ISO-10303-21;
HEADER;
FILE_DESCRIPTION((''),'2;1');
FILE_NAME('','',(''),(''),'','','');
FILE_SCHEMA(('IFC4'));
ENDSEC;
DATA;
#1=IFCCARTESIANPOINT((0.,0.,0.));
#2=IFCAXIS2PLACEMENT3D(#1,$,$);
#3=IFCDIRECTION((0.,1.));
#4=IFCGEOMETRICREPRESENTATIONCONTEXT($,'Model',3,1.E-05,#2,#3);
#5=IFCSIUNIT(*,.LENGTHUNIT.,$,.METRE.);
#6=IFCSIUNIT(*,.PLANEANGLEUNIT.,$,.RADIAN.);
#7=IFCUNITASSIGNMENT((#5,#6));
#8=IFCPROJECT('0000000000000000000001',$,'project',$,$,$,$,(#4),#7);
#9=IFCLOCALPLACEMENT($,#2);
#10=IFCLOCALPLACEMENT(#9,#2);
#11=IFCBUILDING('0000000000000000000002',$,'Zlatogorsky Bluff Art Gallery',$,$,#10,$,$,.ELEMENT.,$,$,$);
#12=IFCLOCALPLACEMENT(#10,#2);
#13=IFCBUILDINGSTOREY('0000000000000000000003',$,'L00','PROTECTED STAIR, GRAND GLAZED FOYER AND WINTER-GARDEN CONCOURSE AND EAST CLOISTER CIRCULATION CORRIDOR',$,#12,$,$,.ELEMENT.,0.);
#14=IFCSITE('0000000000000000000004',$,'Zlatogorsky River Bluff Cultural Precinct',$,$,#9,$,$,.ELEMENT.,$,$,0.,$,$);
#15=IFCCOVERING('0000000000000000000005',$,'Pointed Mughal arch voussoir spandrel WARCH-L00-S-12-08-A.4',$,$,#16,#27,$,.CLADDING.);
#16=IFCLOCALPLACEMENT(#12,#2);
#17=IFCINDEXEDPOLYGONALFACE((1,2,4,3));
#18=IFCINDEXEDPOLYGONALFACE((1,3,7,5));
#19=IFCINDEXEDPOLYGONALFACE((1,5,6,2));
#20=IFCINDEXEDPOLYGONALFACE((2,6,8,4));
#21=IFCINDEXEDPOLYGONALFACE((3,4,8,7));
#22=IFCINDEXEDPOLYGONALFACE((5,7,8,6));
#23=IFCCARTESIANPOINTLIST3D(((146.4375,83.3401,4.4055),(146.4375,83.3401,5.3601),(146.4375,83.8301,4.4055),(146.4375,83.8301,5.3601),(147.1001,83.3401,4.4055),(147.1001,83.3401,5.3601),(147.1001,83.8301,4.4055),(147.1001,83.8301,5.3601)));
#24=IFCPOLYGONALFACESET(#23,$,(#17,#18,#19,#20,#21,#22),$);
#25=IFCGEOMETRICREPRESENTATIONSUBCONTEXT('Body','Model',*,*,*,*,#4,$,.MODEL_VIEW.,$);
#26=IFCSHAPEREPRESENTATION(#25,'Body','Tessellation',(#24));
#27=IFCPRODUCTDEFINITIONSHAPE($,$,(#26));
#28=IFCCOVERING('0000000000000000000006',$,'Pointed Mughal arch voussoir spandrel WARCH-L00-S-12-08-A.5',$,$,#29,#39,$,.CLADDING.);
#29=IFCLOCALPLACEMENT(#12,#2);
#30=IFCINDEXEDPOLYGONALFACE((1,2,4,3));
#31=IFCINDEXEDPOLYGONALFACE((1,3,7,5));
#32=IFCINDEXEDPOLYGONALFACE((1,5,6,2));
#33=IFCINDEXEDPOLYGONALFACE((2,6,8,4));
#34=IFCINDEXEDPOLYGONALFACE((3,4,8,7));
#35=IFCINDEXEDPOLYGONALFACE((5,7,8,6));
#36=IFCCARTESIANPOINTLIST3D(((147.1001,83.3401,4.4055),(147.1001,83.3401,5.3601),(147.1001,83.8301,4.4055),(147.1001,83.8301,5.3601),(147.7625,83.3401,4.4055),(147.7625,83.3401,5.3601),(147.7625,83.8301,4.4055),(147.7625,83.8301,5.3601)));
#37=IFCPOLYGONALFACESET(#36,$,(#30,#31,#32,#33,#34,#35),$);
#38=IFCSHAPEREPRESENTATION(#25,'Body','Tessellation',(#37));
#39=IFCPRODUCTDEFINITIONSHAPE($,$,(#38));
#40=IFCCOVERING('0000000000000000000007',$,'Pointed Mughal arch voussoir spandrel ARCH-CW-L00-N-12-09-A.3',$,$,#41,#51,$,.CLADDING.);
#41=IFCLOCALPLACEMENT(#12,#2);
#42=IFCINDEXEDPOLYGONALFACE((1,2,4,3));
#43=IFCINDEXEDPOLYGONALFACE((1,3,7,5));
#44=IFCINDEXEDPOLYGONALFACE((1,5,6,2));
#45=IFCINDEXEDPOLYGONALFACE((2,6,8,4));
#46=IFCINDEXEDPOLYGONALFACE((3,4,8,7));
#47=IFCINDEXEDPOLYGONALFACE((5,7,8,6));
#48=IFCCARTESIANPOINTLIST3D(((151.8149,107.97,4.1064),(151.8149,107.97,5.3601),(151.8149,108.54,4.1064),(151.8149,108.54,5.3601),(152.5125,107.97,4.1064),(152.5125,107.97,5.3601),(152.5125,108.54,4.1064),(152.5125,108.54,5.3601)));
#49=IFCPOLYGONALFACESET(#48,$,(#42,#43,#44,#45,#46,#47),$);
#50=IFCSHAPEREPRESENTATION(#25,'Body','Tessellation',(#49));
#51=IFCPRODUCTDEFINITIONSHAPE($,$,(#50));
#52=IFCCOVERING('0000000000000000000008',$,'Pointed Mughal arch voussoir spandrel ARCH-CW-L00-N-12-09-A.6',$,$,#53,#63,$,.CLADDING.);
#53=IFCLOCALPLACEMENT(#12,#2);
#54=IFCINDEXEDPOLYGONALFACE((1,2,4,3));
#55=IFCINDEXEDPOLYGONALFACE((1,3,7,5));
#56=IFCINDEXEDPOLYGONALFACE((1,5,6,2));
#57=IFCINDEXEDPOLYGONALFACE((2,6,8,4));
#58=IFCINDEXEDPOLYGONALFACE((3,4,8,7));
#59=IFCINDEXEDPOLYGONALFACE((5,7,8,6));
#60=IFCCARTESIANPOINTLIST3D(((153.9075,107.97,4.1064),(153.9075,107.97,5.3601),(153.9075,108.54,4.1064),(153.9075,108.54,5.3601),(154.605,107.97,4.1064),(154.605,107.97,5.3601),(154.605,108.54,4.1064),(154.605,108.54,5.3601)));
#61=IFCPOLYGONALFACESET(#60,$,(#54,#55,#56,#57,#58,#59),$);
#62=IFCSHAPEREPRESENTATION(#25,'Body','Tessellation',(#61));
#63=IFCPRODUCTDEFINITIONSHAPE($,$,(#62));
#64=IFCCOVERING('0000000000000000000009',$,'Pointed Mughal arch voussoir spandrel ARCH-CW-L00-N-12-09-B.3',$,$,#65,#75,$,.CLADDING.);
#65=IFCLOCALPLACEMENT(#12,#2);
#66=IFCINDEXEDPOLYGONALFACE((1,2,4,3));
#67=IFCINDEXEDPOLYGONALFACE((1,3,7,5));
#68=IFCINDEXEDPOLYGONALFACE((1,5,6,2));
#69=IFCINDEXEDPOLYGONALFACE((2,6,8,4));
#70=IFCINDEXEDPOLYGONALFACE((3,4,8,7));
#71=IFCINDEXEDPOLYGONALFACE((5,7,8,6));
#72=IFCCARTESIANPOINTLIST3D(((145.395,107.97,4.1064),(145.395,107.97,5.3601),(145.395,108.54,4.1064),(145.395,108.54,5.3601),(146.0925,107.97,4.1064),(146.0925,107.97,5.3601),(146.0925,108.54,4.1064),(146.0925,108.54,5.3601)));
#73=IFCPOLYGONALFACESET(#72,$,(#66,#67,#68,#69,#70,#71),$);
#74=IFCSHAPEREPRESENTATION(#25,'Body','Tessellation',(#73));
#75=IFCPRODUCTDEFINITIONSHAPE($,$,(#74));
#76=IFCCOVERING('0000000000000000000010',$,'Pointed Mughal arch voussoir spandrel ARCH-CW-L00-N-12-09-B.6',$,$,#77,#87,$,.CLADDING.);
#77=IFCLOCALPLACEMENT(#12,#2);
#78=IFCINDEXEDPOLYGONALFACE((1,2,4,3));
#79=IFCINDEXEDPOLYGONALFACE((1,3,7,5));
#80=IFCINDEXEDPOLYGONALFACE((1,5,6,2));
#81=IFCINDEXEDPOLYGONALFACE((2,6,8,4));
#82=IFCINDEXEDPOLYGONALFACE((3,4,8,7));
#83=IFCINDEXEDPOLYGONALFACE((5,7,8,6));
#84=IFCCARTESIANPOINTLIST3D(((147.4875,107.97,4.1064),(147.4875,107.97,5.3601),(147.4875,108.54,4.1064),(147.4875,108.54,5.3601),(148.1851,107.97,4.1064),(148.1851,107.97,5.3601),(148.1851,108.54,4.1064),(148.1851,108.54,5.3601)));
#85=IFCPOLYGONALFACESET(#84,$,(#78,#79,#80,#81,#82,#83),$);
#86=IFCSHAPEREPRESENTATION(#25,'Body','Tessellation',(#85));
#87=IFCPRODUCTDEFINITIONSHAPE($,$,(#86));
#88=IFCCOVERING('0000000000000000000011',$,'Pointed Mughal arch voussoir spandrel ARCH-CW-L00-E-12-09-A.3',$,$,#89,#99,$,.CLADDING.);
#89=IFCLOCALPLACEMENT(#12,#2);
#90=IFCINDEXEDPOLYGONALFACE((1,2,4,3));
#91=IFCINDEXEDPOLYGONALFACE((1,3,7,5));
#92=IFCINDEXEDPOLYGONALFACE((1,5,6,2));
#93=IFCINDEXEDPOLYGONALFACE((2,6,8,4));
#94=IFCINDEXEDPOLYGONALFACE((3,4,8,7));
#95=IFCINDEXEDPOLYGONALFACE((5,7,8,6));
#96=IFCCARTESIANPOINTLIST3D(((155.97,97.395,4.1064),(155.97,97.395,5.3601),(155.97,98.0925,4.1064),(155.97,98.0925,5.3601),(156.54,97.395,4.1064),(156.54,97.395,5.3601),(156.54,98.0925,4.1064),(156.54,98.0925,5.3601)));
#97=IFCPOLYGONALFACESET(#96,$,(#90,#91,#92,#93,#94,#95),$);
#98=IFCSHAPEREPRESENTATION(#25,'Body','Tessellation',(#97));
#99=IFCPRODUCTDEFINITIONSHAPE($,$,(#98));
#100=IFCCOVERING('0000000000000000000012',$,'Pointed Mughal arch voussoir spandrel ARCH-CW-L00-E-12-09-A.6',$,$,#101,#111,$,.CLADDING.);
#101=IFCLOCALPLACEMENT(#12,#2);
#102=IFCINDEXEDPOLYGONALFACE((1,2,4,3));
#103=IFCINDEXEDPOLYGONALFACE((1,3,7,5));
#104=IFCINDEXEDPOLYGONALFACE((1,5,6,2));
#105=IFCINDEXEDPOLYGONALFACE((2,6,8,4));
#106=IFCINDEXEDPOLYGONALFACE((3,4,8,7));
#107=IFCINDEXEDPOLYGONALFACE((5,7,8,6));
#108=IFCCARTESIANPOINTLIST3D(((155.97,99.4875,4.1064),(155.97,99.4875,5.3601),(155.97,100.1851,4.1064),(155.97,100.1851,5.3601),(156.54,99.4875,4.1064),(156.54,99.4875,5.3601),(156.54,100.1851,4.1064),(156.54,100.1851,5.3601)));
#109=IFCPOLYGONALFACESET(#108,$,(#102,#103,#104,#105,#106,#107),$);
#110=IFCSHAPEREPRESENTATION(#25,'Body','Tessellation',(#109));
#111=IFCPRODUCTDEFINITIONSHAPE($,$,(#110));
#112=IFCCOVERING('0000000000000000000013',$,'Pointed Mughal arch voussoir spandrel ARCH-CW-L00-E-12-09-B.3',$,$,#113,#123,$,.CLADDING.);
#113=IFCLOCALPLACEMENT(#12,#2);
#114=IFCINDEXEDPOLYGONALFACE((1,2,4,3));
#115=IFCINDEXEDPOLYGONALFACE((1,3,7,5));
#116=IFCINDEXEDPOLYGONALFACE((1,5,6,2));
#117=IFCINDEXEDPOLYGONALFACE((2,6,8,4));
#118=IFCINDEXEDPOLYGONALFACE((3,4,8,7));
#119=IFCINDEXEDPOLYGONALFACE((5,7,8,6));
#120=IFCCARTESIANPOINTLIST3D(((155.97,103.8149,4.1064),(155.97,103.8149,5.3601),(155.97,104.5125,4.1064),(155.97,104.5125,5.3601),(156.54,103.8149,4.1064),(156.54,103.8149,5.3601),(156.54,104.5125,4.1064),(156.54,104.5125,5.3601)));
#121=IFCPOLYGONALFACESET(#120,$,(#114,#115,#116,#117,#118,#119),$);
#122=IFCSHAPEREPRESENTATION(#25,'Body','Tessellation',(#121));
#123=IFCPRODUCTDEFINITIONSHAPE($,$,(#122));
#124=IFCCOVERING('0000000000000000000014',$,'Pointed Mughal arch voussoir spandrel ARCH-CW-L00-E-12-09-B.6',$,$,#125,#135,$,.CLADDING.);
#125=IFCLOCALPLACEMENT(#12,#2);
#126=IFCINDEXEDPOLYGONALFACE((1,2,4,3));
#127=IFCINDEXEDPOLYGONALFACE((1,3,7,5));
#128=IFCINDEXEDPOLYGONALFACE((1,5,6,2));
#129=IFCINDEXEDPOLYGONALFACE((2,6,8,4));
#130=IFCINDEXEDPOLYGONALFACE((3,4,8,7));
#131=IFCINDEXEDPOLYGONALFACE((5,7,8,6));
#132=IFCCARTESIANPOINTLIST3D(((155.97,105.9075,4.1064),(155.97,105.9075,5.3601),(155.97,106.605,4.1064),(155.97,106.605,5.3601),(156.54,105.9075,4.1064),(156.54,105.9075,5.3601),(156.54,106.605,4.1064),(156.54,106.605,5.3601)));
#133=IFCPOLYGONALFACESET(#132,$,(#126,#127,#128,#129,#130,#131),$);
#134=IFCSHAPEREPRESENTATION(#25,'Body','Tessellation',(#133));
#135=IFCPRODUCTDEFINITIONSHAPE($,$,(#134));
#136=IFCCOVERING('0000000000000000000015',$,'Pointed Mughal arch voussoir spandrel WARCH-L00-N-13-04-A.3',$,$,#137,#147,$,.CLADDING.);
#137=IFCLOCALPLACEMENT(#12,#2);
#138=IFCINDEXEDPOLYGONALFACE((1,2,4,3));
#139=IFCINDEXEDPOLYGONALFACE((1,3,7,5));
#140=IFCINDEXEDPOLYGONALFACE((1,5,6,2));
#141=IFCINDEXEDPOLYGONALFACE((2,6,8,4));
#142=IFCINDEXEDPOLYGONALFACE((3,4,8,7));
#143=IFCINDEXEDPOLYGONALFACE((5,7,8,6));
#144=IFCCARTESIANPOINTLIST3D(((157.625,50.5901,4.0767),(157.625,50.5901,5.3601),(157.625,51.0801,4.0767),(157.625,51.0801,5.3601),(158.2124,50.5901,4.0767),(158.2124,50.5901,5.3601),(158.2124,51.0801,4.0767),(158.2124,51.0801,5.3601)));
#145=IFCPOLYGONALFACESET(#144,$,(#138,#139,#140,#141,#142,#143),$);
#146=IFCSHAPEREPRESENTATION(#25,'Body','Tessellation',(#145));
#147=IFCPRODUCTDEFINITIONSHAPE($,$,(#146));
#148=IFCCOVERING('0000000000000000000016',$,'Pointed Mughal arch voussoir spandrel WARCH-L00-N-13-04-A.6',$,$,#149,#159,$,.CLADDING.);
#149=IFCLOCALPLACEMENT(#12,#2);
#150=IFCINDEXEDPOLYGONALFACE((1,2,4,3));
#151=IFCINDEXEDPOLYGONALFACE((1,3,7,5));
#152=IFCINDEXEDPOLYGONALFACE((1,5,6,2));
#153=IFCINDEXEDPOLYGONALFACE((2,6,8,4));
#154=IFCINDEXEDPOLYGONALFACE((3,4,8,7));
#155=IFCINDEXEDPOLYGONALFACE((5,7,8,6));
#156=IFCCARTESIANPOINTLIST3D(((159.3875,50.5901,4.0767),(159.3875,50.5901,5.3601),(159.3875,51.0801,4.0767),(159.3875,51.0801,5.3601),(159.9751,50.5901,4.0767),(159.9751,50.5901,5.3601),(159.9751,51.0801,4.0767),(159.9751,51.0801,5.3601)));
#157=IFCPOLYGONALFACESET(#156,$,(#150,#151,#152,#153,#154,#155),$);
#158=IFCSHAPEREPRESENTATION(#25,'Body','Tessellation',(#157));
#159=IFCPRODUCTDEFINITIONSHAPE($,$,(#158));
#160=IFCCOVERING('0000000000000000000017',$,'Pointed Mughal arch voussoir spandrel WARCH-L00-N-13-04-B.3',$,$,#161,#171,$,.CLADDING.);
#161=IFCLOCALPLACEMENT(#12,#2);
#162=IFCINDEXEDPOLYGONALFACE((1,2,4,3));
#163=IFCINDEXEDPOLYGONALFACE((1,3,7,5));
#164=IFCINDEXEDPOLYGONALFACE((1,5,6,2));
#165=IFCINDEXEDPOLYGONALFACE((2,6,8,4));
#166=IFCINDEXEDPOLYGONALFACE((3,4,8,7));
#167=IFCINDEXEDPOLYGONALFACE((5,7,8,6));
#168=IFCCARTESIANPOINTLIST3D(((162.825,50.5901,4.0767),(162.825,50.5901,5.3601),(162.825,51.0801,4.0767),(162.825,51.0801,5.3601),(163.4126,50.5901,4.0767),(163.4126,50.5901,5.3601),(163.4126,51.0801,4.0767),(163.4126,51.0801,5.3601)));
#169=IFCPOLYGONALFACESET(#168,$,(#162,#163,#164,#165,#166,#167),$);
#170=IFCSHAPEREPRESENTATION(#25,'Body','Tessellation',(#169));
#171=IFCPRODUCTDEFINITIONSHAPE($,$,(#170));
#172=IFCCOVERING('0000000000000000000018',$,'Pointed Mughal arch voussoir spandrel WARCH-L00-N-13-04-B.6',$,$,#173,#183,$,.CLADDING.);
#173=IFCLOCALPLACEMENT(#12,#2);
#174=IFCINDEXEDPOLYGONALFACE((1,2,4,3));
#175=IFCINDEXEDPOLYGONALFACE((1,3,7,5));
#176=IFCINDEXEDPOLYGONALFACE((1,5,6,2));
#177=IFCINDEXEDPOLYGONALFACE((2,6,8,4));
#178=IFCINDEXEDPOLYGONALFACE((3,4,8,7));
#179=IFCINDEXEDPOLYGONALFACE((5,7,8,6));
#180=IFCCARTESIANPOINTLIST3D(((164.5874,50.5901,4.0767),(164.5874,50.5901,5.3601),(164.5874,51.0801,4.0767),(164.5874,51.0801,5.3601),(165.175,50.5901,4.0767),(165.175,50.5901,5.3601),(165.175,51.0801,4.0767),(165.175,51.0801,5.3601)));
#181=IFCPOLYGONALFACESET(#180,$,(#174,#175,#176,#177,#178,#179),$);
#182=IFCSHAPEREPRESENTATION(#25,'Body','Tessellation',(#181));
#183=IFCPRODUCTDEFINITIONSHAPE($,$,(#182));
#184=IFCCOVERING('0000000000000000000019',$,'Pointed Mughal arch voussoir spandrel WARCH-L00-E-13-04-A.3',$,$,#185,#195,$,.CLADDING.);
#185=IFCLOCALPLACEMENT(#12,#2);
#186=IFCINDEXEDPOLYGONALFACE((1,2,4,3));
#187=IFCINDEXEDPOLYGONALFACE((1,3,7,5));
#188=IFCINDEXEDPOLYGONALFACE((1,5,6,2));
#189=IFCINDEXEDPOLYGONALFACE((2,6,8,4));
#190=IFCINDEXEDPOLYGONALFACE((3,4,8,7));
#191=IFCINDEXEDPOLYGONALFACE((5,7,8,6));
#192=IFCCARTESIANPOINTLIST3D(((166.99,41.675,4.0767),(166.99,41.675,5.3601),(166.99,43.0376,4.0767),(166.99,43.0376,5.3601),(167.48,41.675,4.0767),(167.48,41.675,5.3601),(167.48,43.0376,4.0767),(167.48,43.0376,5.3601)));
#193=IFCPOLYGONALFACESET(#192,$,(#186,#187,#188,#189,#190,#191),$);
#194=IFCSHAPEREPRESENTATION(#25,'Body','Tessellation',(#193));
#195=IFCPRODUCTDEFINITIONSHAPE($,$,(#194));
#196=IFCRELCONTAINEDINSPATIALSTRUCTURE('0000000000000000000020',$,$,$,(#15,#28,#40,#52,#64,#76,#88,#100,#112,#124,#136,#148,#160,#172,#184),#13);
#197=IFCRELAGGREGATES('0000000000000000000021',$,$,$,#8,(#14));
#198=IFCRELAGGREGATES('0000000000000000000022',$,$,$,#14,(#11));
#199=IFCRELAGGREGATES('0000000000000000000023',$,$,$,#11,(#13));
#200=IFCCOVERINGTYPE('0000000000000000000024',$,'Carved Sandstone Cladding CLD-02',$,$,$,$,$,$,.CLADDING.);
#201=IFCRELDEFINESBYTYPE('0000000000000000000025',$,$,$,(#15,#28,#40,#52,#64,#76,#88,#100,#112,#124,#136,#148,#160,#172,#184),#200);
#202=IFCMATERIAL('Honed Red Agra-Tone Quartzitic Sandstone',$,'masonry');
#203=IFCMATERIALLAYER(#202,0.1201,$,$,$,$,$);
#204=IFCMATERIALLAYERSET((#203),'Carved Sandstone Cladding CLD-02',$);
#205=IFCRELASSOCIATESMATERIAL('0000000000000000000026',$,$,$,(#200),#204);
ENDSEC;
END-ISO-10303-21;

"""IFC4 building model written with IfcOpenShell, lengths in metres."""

from ifc_helpers import new_model, si_unit, direction, frame, origin, place, context, subcontext, project, spatial, polyline, outline, extrude, material, layer, layer_set, type_object, element, save


model = new_model("IFC4")

# Units and contexts
model_context = context("Model", 3, precision=1e-05, world=origin(), true_north=direction((0.0, 1.0)))
body_context = subcontext(model_context, "Body", "Model", "MODEL_VIEW")
ifc_project = project(units=[si_unit("LENGTHUNIT", "METRE"), si_unit("PLANEANGLEUNIT", "RADIAN")], contexts=[model_context])

# Site, building, storey
site_placement = place(None, origin())
site = spatial("IfcSite", under=ifc_project, at=site_placement, Name="Zlatogorsky River Bluff Cultural Precinct", CompositionType="ELEMENT", RefElevation=0.0)
building_placement = place(site_placement, origin())
building = spatial("IfcBuilding", under=site, at=building_placement, Name="Zlatogorsky Bluff Art Gallery", CompositionType="ELEMENT")
storey_placement = place(building_placement, origin())
storey = spatial("IfcBuildingStorey", under=building, at=storey_placement, Name="L00", Description="PROTECTED STAIR, GRAND GLAZED FOYER AND WINTER-GARDEN CONCOURSE AND EAST CLOISTER CIRCULATION CORRIDOR", CompositionType="ELEMENT", Elevation=0.0)

# Coverings
ifc_material = material(Name="Honed Red Agra-Tone Quartzitic Sandstone", Category="masonry")
ifc_layer = layer(ifc_material, 0.1201)
ifc_layer_set = layer_set([ifc_layer], Name="Carved Sandstone Cladding CLD-02")
covering_type = type_object("IfcCoveringType", Name="Carved Sandstone Cladding CLD-02", PredefinedType="CLADDING", material=ifc_layer_set)
covering_1_placement = place(storey_placement, frame((0.0, 0.0, 4.4055)))
element("IfcCovering", 1, at=covering_1_placement, inside=storey, type_object=covering_type, Name="Pointed Mughal arch voussoir spandrel WARCH-L00-S-12-08-A.4", PredefinedType="CLADDING", context=body_context, shape_type="SweptSolid", body=[
    extrude(outline(polyline([(146.4375, 83.3401), (147.1001, 83.3401), (147.1001, 83.8301), (146.4375, 83.8301), (146.4375, 83.3401)])), origin(), (0.0, 0.0, 1.0), 0.9546),
])
covering_2_placement = place(storey_placement, frame((0.0, 0.0, 4.4055)))
element("IfcCovering", 2, at=covering_2_placement, inside=storey, type_object=covering_type, Name="Pointed Mughal arch voussoir spandrel WARCH-L00-S-12-08-A.5", PredefinedType="CLADDING", context=body_context, shape_type="SweptSolid", body=[
    extrude(outline(polyline([(147.1001, 83.3401), (147.7625, 83.3401), (147.7625, 83.8301), (147.1001, 83.8301), (147.1001, 83.3401)])), origin(), (0.0, 0.0, 1.0), 0.9546),
])
covering_3_placement = place(storey_placement, frame((0.0, 0.0, 4.1064)))
element("IfcCovering", 3, at=covering_3_placement, inside=storey, type_object=covering_type, Name="Pointed Mughal arch voussoir spandrel ARCH-CW-L00-N-12-09-A.3", PredefinedType="CLADDING", context=body_context, shape_type="SweptSolid", body=[
    extrude(outline(polyline([(151.8149, 107.97), (152.5125, 107.97), (152.5125, 108.54), (151.8149, 108.54), (151.8149, 107.97)])), origin(), (0.0, 0.0, 1.0), 1.2537),
])
covering_4_placement = place(storey_placement, frame((0.0, 0.0, 4.1064)))
element("IfcCovering", 4, at=covering_4_placement, inside=storey, type_object=covering_type, Name="Pointed Mughal arch voussoir spandrel ARCH-CW-L00-N-12-09-A.6", PredefinedType="CLADDING", context=body_context, shape_type="SweptSolid", body=[
    extrude(outline(polyline([(153.9075, 107.97), (154.605, 107.97), (154.605, 108.54), (153.9075, 108.54), (153.9075, 107.97)])), origin(), (0.0, 0.0, 1.0), 1.2537),
])
covering_5_placement = place(storey_placement, frame((0.0, 0.0, 4.1064)))
element("IfcCovering", 5, at=covering_5_placement, inside=storey, type_object=covering_type, Name="Pointed Mughal arch voussoir spandrel ARCH-CW-L00-N-12-09-B.3", PredefinedType="CLADDING", context=body_context, shape_type="SweptSolid", body=[
    extrude(outline(polyline([(145.395, 107.97), (146.0925, 107.97), (146.0925, 108.54), (145.395, 108.54), (145.395, 107.97)])), origin(), (0.0, 0.0, 1.0), 1.2537),
])
covering_6_placement = place(storey_placement, frame((0.0, 0.0, 4.1064)))
element("IfcCovering", 6, at=covering_6_placement, inside=storey, type_object=covering_type, Name="Pointed Mughal arch voussoir spandrel ARCH-CW-L00-N-12-09-B.6", PredefinedType="CLADDING", context=body_context, shape_type="SweptSolid", body=[
    extrude(outline(polyline([(147.4875, 107.97), (148.1851, 107.97), (148.1851, 108.54), (147.4875, 108.54), (147.4875, 107.97)])), origin(), (0.0, 0.0, 1.0), 1.2537),
])
covering_7_placement = place(storey_placement, frame((0.0, 0.0, 4.1064)))
element("IfcCovering", 7, at=covering_7_placement, inside=storey, type_object=covering_type, Name="Pointed Mughal arch voussoir spandrel ARCH-CW-L00-E-12-09-A.3", PredefinedType="CLADDING", context=body_context, shape_type="SweptSolid", body=[
    extrude(outline(polyline([(155.97, 97.395), (155.97, 98.0925), (156.54, 98.0925), (156.54, 97.395), (155.97, 97.395)])), origin(), (0.0, 0.0, 1.0), 1.2537),
])
covering_8_placement = place(storey_placement, frame((0.0, 0.0, 4.1064)))
element("IfcCovering", 8, at=covering_8_placement, inside=storey, type_object=covering_type, Name="Pointed Mughal arch voussoir spandrel ARCH-CW-L00-E-12-09-A.6", PredefinedType="CLADDING", context=body_context, shape_type="SweptSolid", body=[
    extrude(outline(polyline([(155.97, 99.4875), (155.97, 100.1851), (156.54, 100.1851), (156.54, 99.4875), (155.97, 99.4875)])), origin(), (0.0, 0.0, 1.0), 1.2537),
])
covering_9_placement = place(storey_placement, frame((0.0, 0.0, 4.1064)))
element("IfcCovering", 9, at=covering_9_placement, inside=storey, type_object=covering_type, Name="Pointed Mughal arch voussoir spandrel ARCH-CW-L00-E-12-09-B.3", PredefinedType="CLADDING", context=body_context, shape_type="SweptSolid", body=[
    extrude(outline(polyline([(155.97, 103.8149), (155.97, 104.5125), (156.54, 104.5125), (156.54, 103.8149), (155.97, 103.8149)])), origin(), (0.0, 0.0, 1.0), 1.2537),
])
covering_10_placement = place(storey_placement, frame((0.0, 0.0, 4.1064)))
element("IfcCovering", 10, at=covering_10_placement, inside=storey, type_object=covering_type, Name="Pointed Mughal arch voussoir spandrel ARCH-CW-L00-E-12-09-B.6", PredefinedType="CLADDING", context=body_context, shape_type="SweptSolid", body=[
    extrude(outline(polyline([(155.97, 105.9075), (155.97, 106.605), (156.54, 106.605), (156.54, 105.9075), (155.97, 105.9075)])), origin(), (0.0, 0.0, 1.0), 1.2537),
])
covering_11_placement = place(storey_placement, frame((0.0, 0.0, 4.0767)))
element("IfcCovering", 11, at=covering_11_placement, inside=storey, type_object=covering_type, Name="Pointed Mughal arch voussoir spandrel WARCH-L00-N-13-04-A.3", PredefinedType="CLADDING", context=body_context, shape_type="SweptSolid", body=[
    extrude(outline(polyline([(157.625, 50.5901), (158.2124, 50.5901), (158.2124, 51.0801), (157.625, 51.0801), (157.625, 50.5901)])), origin(), (0.0, 0.0, 1.0), 1.2834),
])
covering_12_placement = place(storey_placement, frame((0.0, 0.0, 4.0767)))
element("IfcCovering", 12, at=covering_12_placement, inside=storey, type_object=covering_type, Name="Pointed Mughal arch voussoir spandrel WARCH-L00-N-13-04-A.6", PredefinedType="CLADDING", context=body_context, shape_type="SweptSolid", body=[
    extrude(outline(polyline([(159.3875, 50.5901), (159.9751, 50.5901), (159.9751, 51.0801), (159.3875, 51.0801), (159.3875, 50.5901)])), origin(), (0.0, 0.0, 1.0), 1.2834),
])
covering_13_placement = place(storey_placement, frame((0.0, 0.0, 4.0767)))
element("IfcCovering", 13, at=covering_13_placement, inside=storey, type_object=covering_type, Name="Pointed Mughal arch voussoir spandrel WARCH-L00-N-13-04-B.3", PredefinedType="CLADDING", context=body_context, shape_type="SweptSolid", body=[
    extrude(outline(polyline([(162.825, 50.5901), (163.4126, 50.5901), (163.4126, 51.0801), (162.825, 51.0801), (162.825, 50.5901)])), origin(), (0.0, 0.0, 1.0), 1.2834),
])
covering_14_placement = place(storey_placement, frame((0.0, 0.0, 4.0767)))
element("IfcCovering", 14, at=covering_14_placement, inside=storey, type_object=covering_type, Name="Pointed Mughal arch voussoir spandrel WARCH-L00-N-13-04-B.6", PredefinedType="CLADDING", context=body_context, shape_type="SweptSolid", body=[
    extrude(outline(polyline([(164.5874, 50.5901), (165.175, 50.5901), (165.175, 51.0801), (164.5874, 51.0801), (164.5874, 50.5901)])), origin(), (0.0, 0.0, 1.0), 1.2834),
])
covering_15_placement = place(storey_placement, frame((0.0, 0.0, 4.0767)))
element("IfcCovering", 15, at=covering_15_placement, inside=storey, type_object=covering_type, Name="Pointed Mughal arch voussoir spandrel WARCH-L00-E-13-04-A.3", PredefinedType="CLADDING", context=body_context, shape_type="SweptSolid", body=[
    extrude(outline(polyline([(166.99, 41.675), (166.99, 43.0376), (167.48, 43.0376), (167.48, 41.675), (166.99, 41.675)])), origin(), (0.0, 0.0, 1.0), 1.2834),
])

save(model, "model.ifc")
